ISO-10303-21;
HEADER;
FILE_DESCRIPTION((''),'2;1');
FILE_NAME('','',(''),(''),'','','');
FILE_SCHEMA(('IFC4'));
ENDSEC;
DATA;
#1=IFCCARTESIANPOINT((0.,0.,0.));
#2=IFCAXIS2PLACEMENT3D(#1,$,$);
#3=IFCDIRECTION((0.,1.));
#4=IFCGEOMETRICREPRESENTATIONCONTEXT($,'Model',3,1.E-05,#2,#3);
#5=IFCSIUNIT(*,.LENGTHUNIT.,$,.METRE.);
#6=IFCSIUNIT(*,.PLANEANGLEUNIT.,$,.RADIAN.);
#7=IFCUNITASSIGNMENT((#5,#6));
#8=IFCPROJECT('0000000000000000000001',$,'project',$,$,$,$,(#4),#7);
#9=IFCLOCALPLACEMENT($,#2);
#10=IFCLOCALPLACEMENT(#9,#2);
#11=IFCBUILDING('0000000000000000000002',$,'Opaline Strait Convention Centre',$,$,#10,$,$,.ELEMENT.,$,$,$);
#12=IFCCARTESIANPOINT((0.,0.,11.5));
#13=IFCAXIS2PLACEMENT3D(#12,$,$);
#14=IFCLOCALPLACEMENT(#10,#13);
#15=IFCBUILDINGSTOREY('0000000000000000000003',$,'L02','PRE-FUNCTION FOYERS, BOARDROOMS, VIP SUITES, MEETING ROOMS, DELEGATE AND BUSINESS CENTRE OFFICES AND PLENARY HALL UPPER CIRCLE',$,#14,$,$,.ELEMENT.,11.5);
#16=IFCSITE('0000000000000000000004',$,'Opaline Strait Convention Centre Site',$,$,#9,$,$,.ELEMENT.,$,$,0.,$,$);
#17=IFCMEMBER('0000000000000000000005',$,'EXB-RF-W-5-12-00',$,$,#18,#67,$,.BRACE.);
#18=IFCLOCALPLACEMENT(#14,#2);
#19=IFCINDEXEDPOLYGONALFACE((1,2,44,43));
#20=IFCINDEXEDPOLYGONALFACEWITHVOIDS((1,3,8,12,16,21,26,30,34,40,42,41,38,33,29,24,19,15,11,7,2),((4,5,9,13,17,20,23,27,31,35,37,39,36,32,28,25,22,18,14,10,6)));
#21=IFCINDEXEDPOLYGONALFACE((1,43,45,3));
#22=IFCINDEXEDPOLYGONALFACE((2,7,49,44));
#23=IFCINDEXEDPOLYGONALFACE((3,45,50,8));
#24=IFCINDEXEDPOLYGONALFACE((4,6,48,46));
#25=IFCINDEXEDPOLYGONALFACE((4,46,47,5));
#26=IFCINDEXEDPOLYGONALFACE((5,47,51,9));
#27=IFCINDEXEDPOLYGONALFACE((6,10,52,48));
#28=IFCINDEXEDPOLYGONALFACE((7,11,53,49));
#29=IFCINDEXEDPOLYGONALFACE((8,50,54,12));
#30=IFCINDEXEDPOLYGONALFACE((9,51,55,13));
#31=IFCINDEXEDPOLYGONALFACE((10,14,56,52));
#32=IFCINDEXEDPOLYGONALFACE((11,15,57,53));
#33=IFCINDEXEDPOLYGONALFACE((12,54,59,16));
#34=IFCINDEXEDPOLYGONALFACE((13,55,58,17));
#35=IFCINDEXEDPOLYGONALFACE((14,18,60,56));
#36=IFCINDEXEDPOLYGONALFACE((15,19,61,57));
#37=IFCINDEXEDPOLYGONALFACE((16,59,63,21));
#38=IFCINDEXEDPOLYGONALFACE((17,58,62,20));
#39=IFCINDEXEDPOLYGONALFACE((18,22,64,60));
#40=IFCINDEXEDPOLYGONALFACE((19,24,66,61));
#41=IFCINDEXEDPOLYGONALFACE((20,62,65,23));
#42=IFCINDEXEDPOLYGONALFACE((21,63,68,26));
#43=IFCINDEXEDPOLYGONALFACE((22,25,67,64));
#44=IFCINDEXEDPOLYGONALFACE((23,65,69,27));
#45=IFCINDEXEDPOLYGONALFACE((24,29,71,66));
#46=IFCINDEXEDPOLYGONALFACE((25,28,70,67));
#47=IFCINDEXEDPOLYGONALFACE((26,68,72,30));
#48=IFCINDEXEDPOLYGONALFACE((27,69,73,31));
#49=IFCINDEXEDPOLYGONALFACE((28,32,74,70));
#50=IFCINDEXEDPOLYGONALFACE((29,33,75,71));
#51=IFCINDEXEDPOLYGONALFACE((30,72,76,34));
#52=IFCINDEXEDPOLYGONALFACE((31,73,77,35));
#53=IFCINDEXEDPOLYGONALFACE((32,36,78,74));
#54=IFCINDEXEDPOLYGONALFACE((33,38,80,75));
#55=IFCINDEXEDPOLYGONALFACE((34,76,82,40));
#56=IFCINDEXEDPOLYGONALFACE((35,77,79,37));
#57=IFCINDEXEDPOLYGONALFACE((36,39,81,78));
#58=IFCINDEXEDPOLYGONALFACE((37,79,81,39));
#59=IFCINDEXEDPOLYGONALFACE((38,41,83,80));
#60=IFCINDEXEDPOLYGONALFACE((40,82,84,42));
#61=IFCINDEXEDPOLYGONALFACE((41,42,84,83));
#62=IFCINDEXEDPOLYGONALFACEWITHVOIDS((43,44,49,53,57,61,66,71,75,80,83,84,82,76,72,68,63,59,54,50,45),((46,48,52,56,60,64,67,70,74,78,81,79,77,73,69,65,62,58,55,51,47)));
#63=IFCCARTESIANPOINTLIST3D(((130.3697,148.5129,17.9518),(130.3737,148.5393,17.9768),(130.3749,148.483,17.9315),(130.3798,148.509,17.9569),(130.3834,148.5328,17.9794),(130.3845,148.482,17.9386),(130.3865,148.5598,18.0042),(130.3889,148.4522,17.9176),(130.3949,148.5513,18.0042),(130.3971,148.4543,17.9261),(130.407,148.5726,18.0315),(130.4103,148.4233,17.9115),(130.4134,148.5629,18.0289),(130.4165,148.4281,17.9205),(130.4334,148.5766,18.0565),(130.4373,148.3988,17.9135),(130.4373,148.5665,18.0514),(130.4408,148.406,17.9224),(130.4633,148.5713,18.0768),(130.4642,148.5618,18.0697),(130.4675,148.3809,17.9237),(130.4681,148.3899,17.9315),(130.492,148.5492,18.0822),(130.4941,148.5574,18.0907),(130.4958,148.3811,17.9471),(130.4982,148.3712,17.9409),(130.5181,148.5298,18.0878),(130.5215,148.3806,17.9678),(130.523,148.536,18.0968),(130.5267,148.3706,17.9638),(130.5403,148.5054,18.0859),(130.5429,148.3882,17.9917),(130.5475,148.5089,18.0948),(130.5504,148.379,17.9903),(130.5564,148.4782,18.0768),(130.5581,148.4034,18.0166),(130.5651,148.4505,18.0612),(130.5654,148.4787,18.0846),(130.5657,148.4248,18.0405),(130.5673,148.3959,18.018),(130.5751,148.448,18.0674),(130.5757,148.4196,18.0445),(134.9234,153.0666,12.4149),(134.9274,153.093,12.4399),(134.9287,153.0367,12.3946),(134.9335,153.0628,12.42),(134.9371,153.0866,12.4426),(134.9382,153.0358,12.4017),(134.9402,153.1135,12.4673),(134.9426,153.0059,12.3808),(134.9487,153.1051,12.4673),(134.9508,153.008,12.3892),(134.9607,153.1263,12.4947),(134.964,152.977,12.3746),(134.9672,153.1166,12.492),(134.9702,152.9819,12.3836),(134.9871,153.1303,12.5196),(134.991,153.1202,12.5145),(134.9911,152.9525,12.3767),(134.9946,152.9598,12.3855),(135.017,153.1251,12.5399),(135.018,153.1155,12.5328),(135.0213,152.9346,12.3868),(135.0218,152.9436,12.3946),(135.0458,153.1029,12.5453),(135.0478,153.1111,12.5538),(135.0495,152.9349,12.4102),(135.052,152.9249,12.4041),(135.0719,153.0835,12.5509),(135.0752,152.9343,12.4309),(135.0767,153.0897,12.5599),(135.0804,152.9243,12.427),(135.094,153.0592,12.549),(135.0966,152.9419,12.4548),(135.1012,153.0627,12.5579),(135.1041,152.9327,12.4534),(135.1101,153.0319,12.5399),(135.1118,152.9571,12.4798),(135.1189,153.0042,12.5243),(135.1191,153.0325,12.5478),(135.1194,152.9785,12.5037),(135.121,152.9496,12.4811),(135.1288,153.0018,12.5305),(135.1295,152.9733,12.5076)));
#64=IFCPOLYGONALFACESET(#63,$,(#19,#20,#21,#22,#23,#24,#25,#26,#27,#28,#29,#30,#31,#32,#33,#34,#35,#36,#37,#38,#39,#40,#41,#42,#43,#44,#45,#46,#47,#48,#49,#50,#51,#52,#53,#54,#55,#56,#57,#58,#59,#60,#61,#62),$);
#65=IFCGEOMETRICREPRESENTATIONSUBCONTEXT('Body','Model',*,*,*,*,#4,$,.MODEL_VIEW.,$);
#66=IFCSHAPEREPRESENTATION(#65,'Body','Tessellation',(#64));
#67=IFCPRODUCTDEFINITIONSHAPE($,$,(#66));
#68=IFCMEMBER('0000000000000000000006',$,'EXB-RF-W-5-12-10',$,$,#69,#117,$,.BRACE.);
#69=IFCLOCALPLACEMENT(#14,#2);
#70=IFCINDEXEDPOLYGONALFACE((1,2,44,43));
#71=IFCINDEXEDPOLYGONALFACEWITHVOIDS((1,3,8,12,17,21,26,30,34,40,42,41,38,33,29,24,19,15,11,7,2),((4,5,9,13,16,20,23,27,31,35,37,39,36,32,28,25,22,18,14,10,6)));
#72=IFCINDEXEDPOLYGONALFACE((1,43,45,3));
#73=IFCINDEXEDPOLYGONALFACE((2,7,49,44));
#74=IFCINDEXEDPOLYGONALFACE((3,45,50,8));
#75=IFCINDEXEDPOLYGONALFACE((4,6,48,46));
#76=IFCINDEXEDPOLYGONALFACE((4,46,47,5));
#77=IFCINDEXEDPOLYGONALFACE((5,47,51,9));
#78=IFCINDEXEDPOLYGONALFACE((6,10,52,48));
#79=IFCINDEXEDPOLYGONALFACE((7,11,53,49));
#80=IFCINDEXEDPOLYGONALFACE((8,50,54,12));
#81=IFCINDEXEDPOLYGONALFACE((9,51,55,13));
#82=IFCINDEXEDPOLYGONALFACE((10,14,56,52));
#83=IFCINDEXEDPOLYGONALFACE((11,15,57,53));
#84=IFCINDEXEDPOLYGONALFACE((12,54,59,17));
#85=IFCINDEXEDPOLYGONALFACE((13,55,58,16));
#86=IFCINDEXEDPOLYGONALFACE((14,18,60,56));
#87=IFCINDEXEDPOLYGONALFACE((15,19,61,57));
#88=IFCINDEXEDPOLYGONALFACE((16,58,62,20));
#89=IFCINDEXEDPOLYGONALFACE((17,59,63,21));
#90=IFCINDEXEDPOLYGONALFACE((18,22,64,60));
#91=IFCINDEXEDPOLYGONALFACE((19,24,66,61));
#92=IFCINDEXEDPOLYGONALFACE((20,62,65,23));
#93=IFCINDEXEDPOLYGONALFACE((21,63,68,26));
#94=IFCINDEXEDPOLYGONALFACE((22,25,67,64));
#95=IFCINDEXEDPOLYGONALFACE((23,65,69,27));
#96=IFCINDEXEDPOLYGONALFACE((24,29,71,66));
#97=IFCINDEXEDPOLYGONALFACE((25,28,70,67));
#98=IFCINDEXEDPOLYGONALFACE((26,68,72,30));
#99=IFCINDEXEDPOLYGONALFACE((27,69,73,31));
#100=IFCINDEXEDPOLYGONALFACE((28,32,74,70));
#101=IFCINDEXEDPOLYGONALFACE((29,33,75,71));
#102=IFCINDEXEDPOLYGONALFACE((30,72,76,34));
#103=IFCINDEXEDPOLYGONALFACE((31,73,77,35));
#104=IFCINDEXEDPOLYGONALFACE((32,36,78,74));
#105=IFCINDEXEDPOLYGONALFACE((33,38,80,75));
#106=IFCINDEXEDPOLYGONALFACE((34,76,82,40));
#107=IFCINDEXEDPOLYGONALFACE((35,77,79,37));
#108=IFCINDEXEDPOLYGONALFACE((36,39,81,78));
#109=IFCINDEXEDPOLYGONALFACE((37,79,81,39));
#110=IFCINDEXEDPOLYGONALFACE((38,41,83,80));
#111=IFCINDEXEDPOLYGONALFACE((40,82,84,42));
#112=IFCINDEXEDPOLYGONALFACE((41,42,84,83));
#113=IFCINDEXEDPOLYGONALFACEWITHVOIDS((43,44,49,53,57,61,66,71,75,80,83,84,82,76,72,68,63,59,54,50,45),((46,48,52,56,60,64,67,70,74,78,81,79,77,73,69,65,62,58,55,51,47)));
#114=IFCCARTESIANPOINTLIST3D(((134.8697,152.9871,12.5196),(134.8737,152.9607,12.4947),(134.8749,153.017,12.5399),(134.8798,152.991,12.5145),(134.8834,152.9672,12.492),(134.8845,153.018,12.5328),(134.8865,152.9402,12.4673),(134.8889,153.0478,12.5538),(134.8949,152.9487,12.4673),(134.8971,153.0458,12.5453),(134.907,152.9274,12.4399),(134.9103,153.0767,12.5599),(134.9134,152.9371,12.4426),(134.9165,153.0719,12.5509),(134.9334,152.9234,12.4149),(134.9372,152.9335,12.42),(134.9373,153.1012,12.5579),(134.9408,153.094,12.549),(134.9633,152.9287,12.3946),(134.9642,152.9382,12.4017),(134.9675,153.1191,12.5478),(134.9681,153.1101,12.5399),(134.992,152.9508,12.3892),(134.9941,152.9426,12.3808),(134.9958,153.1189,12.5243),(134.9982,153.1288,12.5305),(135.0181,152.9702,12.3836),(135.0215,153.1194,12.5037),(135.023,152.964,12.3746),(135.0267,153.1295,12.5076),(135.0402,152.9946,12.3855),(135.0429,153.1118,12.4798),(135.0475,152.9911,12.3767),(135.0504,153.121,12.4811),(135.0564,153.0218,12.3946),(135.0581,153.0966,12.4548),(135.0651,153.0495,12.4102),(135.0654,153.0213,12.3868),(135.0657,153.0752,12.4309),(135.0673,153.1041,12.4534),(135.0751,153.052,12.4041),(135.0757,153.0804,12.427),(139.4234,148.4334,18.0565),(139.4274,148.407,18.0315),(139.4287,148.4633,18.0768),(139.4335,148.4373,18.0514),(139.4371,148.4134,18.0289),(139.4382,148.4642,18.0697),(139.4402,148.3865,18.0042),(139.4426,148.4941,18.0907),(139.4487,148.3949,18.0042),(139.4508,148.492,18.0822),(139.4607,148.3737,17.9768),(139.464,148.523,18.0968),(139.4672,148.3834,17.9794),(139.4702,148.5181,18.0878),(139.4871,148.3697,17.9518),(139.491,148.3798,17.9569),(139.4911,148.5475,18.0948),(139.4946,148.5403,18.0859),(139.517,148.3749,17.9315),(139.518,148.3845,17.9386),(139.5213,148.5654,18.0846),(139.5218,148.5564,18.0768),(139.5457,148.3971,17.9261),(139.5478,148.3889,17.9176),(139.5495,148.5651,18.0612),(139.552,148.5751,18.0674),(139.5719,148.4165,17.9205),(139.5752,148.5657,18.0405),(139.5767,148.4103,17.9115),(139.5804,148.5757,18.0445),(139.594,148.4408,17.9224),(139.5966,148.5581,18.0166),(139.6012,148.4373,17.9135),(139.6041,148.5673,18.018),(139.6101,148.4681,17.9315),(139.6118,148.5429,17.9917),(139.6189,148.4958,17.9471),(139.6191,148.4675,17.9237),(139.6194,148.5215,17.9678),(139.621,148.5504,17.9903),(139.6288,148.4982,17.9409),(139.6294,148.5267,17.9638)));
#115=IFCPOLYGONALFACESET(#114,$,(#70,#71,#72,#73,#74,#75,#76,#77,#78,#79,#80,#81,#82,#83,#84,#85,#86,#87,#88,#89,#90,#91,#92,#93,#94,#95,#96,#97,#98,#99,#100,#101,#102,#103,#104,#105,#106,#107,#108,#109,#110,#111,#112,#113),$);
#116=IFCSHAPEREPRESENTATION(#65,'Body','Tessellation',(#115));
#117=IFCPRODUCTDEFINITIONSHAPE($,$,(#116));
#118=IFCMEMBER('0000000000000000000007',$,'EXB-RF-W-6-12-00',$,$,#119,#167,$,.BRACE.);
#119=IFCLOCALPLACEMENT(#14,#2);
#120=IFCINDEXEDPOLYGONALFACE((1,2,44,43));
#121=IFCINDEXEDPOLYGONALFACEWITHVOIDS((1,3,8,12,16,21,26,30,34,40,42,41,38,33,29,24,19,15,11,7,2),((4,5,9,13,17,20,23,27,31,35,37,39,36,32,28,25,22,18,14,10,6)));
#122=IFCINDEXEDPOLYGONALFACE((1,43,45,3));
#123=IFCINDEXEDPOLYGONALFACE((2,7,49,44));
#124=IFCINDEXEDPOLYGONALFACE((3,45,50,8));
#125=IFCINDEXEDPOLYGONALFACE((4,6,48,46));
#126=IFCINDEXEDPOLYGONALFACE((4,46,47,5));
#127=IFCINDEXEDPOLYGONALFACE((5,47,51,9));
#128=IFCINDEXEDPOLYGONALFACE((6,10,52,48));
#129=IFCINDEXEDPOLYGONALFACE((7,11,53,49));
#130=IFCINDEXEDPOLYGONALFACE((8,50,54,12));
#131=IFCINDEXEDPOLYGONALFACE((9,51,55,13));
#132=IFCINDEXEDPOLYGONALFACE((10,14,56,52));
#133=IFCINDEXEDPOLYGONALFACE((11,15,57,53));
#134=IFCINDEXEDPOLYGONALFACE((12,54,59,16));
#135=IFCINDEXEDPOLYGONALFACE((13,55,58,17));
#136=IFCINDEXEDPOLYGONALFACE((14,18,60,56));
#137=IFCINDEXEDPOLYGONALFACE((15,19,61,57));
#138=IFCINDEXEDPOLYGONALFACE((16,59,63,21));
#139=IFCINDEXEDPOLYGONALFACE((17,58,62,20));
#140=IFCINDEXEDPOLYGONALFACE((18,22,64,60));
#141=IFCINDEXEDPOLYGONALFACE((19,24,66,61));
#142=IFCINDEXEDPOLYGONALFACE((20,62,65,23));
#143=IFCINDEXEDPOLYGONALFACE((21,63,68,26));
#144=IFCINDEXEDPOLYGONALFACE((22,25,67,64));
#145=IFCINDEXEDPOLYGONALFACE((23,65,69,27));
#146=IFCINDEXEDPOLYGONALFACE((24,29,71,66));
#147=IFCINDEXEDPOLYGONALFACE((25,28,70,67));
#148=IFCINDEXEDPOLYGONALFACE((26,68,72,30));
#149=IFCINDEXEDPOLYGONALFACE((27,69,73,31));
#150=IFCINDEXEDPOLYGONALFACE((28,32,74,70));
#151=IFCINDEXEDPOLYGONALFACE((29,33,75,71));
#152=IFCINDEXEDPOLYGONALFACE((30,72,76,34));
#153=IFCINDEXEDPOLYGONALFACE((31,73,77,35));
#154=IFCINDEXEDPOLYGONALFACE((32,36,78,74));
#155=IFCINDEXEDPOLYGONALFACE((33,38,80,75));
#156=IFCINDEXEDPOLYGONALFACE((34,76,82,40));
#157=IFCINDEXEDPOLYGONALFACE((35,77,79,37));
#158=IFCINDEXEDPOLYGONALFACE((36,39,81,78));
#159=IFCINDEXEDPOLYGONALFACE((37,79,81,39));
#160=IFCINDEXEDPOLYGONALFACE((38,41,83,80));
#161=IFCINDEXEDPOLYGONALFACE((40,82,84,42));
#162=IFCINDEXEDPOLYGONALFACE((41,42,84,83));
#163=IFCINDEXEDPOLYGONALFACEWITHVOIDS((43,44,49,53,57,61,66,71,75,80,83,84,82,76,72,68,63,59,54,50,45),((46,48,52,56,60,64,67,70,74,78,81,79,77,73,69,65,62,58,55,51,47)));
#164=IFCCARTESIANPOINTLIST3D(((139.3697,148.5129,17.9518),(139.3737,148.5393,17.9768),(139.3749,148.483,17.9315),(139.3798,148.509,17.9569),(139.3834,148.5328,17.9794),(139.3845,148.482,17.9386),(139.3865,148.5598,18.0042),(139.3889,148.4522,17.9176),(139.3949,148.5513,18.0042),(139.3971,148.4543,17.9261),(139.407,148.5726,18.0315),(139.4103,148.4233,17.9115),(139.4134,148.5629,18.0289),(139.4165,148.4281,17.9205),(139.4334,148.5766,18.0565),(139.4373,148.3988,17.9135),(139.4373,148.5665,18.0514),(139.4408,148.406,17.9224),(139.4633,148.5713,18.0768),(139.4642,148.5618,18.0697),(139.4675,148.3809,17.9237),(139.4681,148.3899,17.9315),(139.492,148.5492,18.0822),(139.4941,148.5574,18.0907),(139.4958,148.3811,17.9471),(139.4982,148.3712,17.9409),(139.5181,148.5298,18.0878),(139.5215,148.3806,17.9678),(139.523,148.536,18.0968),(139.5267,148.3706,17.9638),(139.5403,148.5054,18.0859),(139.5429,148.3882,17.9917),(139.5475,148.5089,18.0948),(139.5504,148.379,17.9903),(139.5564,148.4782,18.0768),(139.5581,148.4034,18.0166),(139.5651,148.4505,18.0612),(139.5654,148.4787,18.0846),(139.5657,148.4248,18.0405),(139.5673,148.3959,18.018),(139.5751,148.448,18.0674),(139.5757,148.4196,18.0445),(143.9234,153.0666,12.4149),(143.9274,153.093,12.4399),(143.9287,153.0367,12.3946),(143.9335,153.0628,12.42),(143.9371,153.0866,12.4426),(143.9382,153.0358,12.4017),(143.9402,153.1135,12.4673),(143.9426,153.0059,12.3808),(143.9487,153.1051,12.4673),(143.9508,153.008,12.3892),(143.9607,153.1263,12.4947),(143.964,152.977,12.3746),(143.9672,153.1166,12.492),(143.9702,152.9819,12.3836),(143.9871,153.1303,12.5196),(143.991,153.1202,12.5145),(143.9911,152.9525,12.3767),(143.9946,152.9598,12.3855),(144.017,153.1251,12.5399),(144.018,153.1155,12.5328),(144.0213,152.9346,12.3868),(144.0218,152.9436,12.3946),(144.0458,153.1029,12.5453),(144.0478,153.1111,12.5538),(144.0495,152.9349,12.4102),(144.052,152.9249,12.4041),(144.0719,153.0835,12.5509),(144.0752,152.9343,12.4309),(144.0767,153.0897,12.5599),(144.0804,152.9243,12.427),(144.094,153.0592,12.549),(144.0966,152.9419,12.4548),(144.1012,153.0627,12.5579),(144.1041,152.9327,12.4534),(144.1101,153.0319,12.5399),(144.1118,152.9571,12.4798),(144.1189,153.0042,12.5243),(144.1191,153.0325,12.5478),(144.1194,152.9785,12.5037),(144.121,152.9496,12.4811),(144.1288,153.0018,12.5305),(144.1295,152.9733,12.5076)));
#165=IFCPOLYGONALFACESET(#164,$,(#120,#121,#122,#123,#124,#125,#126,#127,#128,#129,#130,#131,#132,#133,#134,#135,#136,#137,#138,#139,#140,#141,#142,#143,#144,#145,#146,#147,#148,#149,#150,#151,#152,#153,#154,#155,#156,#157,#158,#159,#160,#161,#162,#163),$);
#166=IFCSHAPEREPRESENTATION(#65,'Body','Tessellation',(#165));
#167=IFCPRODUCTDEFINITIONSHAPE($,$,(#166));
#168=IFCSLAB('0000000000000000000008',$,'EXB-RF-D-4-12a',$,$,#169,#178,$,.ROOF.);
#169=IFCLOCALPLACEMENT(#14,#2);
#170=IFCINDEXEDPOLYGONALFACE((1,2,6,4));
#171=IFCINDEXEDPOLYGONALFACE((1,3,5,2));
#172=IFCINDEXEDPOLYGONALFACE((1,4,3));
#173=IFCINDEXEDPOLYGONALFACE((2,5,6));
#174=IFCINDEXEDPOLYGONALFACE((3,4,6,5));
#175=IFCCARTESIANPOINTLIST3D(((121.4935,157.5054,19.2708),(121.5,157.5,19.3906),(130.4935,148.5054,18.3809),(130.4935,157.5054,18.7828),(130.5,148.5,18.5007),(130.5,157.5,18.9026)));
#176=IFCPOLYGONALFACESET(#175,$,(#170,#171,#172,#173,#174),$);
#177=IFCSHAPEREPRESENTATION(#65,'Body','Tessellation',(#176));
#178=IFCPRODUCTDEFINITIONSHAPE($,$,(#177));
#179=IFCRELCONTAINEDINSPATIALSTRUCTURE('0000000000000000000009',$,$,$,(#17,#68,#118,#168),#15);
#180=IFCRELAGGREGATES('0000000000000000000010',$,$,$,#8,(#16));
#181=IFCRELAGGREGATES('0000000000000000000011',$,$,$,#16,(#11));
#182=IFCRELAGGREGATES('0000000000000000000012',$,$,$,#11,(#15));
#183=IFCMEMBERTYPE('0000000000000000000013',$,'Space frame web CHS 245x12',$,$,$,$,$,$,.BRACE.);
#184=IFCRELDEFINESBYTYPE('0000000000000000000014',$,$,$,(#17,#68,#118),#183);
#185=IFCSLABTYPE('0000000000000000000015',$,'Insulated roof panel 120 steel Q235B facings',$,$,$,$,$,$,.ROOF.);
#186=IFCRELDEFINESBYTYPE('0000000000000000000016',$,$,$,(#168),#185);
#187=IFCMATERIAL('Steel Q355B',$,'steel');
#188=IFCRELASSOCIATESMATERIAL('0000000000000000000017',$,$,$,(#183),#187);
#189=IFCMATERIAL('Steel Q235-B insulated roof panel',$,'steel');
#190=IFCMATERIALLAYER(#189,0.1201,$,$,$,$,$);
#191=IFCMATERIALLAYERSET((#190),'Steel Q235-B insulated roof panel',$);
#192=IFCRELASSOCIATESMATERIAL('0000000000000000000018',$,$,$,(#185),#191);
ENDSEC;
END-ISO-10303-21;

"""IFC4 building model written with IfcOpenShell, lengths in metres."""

from ifc_helpers import new_model, si_unit, direction, frame, origin, origin_2d, place, context, subcontext, project, spatial, polyline, hollow_circle, outline, extrude, material, layer, layer_set, material_profile, profile_set, type_object, element, save


model = new_model("IFC4")

# Units and contexts
model_context = context("Model", 3, precision=1e-05, world=origin(), true_north=direction((0.0, 1.0)))
body_context = subcontext(model_context, "Body", "Model", "MODEL_VIEW")
ifc_project = project(units=[si_unit("LENGTHUNIT", "METRE"), si_unit("PLANEANGLEUNIT", "RADIAN")], contexts=[model_context])

# Site, building, storey
site_placement = place(None, origin())
site = spatial("IfcSite", under=ifc_project, at=site_placement, Name="Opaline Strait Convention Centre Site", CompositionType="ELEMENT", RefElevation=0.0)
building_placement = place(site_placement, origin())
building = spatial("IfcBuilding", under=site, at=building_placement, Name="Opaline Strait Convention Centre", CompositionType="ELEMENT")
storey_placement = place(building_placement, frame((0.0, 0.0, 11.5)))
storey = spatial("IfcBuildingStorey", under=building, at=storey_placement, Name="L02", Description="PRE-FUNCTION FOYERS, BOARDROOMS, VIP SUITES, MEETING ROOMS, DELEGATE AND BUSINESS CENTRE OFFICES AND PLENARY HALL UPPER CIRCLE", CompositionType="ELEMENT", Elevation=11.5)

# Members
ifc_material_1 = material(Name="Steel Q355B", Category="steel")
ifc_material_profile_1 = material_profile(ifc_material_1, hollow_circle(Radius=0.1226, WallThickness=0.012, at=origin_2d()), Name="CHS 245x12")
ifc_profile_set_1 = profile_set([ifc_material_profile_1], Name="Steel Q355B")
member_type_1 = type_object("IfcMemberType", Name="Space frame web CHS 245x12", PredefinedType="BRACE", material=ifc_profile_set_1)
for number, where, z_axis, x_axis, name in (
    (1, (130.4731, 148.4731, 18.0042), (0.536178, 0.536178, -0.65194), (-0.707107, 0.707107, 0.0), "EXB-RF-W-5-12-00"),
    (2, (139.5269, 148.4731, 18.0042), (-0.536178, 0.536178, -0.65194), (-0.707107, -0.707107, 0.0), "EXB-RF-W-5-12-10"),
    (3, (139.4731, 148.4731, 18.0042), (0.536178, 0.536178, -0.65194), (-0.707107, 0.707107, 0.0), "EXB-RF-W-6-12-00"),
):
    element("IfcMember", number, at=place(storey_placement, frame(where, z_axis=z_axis, x_axis=x_axis)), inside=storey, type_object=member_type_1, Name=name, PredefinedType="BRACE", context=body_context, shape_type="SweptSolid", body=[
        extrude(hollow_circle(Radius=0.1226, WallThickness=0.012, at=origin_2d()), origin(), (0.0, 0.0, 1.0), 8.4929),
    ])

# Slab
ifc_material_2 = material(Name="Steel Q235-B insulated roof panel", Category="steel")
ifc_layer = layer(ifc_material_2, 0.1201)
ifc_layer_set = layer_set([ifc_layer], Name="Steel Q235-B insulated roof panel")
slab_type = type_object("IfcSlabType", Name="Insulated roof panel 120 steel Q235B facings", PredefinedType="ROOF", material=ifc_layer_set)
slab_placement = place(storey_placement, frame((130.5, 148.5, 18.5007), z_axis=(0.054093, -0.044541, 0.997542), x_axis=(0.0, 0.999005, 0.044606)))
element("IfcSlab", 4, at=slab_placement, inside=storey, type_object=slab_type, Name="EXB-RF-D-4-12a", PredefinedType="ROOF", context=body_context, shape_type="SweptSolid", body=[
    extrude(outline(polyline([(0.0, 0.0), (9.009, 0.0), (9.0307, 9.0132), (0.0, 0.0)])), origin(), (0.0, 0.0, -1.0), 0.1201),
])

save(model, "model.ifc")
